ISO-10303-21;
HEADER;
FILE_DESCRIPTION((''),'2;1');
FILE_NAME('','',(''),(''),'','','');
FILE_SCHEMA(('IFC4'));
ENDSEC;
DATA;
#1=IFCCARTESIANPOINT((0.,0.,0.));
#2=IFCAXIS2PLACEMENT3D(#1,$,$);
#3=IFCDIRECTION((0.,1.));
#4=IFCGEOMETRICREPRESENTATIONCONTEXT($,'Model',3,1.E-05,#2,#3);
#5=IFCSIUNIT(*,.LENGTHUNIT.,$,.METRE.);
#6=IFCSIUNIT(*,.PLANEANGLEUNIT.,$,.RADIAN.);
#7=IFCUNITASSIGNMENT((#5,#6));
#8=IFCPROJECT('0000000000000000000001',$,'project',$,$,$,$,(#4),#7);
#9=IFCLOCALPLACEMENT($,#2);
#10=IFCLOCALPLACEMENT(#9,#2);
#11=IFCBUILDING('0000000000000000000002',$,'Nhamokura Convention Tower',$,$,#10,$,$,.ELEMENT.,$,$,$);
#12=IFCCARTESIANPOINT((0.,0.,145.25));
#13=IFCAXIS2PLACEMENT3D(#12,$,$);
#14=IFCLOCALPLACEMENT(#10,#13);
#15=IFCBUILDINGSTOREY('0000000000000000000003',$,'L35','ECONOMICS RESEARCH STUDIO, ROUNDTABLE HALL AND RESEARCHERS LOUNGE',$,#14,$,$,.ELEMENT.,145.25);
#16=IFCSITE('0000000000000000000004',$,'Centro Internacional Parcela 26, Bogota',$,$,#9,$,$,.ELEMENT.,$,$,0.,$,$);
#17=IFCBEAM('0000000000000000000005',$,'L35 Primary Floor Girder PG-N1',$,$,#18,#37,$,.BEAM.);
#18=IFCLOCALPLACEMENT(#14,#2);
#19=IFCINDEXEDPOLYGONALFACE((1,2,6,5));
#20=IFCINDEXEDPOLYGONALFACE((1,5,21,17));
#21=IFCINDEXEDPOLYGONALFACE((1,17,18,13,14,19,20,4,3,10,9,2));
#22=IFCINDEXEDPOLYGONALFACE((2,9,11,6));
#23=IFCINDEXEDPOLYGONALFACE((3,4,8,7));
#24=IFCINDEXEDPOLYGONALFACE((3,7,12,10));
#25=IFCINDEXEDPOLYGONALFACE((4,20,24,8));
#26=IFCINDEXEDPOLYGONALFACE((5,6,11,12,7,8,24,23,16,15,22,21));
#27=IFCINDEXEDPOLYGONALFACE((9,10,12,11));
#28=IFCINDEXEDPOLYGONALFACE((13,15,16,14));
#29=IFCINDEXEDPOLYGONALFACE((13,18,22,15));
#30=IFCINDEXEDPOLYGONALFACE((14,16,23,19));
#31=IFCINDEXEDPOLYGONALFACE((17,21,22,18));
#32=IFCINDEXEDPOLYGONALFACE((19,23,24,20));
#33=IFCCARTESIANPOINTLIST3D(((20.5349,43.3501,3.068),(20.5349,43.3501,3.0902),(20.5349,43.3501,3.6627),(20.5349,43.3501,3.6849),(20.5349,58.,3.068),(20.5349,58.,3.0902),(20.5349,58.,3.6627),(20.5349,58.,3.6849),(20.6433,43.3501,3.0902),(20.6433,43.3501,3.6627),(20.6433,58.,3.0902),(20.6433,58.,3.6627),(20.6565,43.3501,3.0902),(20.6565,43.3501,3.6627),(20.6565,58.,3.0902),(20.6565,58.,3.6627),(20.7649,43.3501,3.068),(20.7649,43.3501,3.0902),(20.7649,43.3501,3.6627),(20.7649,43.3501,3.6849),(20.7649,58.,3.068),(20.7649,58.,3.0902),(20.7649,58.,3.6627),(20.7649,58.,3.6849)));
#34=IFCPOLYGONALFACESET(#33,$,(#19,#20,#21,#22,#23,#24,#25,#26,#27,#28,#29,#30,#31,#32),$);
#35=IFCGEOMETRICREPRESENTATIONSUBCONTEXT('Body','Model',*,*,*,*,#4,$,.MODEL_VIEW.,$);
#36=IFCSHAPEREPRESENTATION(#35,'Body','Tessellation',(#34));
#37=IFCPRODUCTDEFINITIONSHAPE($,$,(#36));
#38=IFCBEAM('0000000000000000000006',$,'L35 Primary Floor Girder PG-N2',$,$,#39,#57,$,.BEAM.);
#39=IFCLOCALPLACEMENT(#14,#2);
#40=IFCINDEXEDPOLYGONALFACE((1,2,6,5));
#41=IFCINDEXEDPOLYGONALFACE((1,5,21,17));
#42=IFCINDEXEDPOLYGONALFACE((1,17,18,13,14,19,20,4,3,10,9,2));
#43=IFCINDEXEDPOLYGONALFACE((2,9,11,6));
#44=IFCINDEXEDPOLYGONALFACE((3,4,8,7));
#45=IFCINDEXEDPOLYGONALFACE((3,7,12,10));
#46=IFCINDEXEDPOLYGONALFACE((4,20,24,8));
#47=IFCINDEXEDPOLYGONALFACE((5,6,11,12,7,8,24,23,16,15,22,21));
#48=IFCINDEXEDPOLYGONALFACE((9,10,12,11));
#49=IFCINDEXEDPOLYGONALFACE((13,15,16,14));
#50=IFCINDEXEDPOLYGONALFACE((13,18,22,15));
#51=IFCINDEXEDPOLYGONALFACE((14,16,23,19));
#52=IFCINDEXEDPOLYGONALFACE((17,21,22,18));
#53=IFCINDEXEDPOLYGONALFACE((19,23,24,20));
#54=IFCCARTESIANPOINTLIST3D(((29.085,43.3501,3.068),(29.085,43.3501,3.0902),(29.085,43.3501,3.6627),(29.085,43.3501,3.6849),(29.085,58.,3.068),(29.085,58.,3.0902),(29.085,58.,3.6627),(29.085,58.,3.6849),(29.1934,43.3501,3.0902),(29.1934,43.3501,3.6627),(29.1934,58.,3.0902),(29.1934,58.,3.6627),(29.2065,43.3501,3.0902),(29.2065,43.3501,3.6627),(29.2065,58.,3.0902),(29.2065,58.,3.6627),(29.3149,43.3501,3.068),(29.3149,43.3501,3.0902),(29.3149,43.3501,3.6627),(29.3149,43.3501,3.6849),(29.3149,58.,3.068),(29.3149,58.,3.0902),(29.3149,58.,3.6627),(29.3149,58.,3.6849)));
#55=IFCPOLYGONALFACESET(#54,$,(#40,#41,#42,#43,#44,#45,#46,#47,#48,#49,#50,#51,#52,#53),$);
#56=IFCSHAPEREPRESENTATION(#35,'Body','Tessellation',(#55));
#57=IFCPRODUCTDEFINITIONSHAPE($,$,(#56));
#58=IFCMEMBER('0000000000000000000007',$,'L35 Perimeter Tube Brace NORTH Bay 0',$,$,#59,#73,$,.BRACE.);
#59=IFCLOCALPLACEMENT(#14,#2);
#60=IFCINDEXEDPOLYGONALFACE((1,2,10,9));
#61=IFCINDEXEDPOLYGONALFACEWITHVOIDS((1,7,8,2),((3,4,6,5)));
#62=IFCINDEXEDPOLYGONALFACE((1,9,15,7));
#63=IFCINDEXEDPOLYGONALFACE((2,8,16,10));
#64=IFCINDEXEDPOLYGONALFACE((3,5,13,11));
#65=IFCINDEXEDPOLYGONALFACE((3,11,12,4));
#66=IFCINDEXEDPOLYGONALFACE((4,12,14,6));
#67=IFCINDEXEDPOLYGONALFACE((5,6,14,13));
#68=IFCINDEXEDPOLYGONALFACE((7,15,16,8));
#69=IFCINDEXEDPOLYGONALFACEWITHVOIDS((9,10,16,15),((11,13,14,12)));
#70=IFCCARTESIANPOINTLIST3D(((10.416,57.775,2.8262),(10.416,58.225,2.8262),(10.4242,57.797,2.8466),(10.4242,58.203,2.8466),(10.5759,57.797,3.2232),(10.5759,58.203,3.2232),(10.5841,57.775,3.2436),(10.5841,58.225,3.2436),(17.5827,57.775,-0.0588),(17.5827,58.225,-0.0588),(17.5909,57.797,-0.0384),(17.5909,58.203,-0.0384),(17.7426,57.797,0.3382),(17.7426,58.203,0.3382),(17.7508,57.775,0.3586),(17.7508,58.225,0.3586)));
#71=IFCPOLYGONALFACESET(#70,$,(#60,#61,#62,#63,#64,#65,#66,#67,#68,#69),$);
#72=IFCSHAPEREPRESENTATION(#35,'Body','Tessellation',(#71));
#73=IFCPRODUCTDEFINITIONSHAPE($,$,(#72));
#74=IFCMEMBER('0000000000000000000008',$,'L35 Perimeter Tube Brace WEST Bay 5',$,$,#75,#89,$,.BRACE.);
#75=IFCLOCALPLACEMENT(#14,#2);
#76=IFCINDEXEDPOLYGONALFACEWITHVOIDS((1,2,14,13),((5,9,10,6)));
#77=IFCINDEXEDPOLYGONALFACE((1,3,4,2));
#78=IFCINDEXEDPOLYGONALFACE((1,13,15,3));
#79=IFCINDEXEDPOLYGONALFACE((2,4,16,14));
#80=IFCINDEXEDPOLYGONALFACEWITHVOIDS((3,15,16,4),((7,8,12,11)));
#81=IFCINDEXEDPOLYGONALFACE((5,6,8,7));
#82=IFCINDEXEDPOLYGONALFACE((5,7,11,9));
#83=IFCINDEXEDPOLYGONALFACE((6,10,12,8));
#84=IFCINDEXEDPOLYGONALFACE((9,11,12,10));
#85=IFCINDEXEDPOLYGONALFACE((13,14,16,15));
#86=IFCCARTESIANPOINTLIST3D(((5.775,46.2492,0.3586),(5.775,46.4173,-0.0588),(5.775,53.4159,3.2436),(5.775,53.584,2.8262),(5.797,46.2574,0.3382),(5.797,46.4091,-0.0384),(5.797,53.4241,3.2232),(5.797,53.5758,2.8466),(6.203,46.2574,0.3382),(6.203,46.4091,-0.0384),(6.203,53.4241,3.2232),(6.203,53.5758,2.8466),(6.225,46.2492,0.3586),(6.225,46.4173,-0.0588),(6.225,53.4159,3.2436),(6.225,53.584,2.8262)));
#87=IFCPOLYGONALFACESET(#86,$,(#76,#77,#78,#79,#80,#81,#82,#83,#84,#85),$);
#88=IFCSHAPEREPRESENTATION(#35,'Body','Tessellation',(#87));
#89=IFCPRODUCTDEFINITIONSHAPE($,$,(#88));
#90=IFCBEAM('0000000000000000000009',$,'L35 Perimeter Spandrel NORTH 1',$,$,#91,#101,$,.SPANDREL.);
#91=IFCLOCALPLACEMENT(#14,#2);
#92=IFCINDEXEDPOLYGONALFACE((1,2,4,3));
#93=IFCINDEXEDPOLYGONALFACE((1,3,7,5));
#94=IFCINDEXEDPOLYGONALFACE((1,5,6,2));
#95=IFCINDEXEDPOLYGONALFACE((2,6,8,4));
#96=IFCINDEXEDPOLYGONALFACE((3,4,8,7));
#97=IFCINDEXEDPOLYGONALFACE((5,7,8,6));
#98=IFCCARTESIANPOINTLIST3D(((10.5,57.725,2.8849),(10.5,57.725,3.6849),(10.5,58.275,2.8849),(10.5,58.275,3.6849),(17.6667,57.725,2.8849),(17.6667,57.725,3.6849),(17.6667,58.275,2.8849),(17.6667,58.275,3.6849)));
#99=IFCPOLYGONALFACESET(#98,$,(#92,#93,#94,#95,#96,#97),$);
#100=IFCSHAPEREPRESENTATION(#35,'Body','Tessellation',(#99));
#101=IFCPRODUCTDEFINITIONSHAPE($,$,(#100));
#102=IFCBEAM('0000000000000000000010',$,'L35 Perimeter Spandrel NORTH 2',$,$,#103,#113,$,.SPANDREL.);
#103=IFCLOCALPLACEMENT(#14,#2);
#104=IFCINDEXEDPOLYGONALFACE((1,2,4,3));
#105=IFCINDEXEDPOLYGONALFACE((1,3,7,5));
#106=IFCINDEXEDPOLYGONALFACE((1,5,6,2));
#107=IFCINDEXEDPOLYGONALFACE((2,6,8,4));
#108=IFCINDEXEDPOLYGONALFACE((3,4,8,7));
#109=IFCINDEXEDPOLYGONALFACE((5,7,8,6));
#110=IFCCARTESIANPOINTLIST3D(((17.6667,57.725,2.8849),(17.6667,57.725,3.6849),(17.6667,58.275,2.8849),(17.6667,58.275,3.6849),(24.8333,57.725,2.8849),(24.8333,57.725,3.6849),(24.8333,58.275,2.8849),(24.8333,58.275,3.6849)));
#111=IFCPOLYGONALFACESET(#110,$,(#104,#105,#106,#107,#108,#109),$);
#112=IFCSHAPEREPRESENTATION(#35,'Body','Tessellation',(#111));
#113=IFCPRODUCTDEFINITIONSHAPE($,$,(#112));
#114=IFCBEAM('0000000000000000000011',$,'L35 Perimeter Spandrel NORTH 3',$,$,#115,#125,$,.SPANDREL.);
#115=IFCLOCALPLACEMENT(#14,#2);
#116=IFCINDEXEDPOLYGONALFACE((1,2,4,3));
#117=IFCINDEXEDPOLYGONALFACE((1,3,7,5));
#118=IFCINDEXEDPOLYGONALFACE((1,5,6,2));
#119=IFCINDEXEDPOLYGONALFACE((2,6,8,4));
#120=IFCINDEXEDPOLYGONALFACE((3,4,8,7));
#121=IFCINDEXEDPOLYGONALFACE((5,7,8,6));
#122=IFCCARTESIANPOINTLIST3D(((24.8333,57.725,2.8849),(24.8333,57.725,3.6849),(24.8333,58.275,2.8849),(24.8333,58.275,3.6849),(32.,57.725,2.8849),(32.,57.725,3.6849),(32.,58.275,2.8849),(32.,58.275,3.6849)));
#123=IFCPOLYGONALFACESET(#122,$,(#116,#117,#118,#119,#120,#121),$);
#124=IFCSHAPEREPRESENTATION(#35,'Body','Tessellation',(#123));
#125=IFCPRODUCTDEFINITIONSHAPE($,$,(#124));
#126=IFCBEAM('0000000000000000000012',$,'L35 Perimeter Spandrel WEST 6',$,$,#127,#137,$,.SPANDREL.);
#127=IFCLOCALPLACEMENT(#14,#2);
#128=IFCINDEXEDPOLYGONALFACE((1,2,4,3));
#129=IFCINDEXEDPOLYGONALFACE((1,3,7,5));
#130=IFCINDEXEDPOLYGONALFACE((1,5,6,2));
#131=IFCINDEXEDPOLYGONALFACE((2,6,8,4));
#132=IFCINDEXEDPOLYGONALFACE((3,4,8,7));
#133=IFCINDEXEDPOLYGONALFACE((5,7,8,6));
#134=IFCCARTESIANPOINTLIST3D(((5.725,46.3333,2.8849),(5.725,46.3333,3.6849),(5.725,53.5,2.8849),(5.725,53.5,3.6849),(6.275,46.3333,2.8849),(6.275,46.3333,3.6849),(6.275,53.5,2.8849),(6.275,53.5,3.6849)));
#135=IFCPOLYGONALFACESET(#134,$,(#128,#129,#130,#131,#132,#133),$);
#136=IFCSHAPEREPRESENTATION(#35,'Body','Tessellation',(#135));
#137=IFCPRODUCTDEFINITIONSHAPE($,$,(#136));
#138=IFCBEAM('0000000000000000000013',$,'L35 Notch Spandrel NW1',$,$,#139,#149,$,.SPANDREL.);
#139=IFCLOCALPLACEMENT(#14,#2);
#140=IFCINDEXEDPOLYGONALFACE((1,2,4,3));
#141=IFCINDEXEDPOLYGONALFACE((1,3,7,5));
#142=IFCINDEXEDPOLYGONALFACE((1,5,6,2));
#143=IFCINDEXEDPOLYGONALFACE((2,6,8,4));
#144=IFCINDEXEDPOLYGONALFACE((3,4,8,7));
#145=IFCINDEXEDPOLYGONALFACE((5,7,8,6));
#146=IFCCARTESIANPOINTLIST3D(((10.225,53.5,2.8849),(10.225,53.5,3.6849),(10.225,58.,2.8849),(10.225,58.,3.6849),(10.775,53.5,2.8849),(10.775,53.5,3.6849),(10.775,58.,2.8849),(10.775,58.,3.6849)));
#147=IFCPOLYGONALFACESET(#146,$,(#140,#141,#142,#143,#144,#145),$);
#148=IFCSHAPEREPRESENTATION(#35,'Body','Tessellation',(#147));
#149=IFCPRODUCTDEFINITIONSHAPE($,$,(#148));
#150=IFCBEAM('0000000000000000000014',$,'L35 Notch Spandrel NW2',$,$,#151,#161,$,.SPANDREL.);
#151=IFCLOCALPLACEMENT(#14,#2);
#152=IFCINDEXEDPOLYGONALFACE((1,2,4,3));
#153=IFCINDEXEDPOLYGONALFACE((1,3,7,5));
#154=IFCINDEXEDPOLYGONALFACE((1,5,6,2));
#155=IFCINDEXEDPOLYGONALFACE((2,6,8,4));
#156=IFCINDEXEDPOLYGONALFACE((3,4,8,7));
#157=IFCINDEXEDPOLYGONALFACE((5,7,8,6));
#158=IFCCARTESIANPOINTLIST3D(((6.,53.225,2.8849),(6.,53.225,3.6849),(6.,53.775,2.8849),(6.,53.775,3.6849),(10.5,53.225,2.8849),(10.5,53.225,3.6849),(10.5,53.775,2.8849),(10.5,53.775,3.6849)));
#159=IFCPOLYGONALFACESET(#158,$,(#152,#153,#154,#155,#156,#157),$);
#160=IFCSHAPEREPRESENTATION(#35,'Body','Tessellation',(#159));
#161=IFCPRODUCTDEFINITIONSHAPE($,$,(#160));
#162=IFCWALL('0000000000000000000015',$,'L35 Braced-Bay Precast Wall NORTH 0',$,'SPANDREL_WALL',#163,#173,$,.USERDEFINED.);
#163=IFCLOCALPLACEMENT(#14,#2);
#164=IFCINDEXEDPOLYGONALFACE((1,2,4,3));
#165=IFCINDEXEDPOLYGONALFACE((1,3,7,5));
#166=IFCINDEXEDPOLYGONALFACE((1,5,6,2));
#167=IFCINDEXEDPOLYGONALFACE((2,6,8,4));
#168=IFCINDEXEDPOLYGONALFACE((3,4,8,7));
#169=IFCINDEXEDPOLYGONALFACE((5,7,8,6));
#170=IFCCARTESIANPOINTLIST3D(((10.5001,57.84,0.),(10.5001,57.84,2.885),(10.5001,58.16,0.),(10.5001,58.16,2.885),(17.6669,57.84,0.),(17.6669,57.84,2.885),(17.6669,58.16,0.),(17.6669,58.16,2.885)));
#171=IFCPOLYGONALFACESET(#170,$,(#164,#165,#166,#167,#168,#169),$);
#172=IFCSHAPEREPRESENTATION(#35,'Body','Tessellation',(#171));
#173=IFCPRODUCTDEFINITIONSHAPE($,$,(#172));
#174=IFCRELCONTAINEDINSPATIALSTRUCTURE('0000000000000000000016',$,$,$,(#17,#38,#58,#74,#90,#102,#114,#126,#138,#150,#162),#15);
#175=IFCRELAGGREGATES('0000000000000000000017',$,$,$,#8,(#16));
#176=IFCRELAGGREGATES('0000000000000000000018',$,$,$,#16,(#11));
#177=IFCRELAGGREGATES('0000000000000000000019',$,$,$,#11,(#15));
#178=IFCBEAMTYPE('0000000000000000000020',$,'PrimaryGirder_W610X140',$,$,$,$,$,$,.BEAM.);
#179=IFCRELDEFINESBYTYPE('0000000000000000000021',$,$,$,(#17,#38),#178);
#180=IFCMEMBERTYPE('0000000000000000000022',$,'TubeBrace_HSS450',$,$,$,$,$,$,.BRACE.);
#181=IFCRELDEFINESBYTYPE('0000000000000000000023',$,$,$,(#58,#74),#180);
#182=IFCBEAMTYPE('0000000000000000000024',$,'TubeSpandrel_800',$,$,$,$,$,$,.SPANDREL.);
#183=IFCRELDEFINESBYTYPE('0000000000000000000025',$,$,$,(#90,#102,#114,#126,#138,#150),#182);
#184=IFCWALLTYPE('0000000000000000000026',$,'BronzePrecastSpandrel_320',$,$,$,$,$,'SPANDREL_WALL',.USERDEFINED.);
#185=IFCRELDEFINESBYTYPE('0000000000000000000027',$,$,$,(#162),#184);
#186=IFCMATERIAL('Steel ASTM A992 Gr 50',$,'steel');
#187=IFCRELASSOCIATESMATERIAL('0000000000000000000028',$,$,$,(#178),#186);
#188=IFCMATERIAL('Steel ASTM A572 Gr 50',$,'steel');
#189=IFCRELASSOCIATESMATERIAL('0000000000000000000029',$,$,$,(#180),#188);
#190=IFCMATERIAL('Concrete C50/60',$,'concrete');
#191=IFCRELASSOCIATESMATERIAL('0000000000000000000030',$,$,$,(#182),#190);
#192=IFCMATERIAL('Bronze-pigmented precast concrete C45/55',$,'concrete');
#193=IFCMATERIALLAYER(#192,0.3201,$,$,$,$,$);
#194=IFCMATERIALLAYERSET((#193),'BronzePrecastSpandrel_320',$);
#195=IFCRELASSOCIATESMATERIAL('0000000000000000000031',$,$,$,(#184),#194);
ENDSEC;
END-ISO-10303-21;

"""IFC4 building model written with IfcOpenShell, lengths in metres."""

from ifc_helpers import new_model, si_unit, direction, frame, frame_2d, origin, origin_2d, place, context, subcontext, project, spatial, rectangle, hollow_rectangle, i_section, extrude, material, layer, layer_set, material_profile, profile_set, type_object, element, save


model = new_model("IFC4")

# Units and contexts
model_context = context("Model", 3, precision=1e-05, world=origin(), true_north=direction((0.0, 1.0)))
body_context = subcontext(model_context, "Body", "Model", "MODEL_VIEW")
ifc_project = project(units=[si_unit("LENGTHUNIT", "METRE"), si_unit("PLANEANGLEUNIT", "RADIAN")], contexts=[model_context])

# Site, building, storey
site_placement = place(None, origin())
site = spatial("IfcSite", under=ifc_project, at=site_placement, Name="Centro Internacional Parcela 26, Bogota", CompositionType="ELEMENT", RefElevation=0.0)
building_placement = place(site_placement, origin())
building = spatial("IfcBuilding", under=site, at=building_placement, Name="Nhamokura Convention Tower", CompositionType="ELEMENT")
storey_placement = place(building_placement, frame((0.0, 0.0, 145.25)))
storey = spatial("IfcBuildingStorey", under=building, at=storey_placement, Name="L35", Description="ECONOMICS RESEARCH STUDIO, ROUNDTABLE HALL AND RESEARCHERS LOUNGE", CompositionType="ELEMENT", Elevation=145.25)

# Beams
ifc_material_1 = material(Name="Steel ASTM A992 Gr 50", Category="steel")
ifc_material_profile_1 = material_profile(ifc_material_1, i_section(OverallWidth=0.23, OverallDepth=0.6169, WebThickness=0.0132, FlangeThickness=0.0222, at=origin_2d()))
ifc_profile_set_1 = profile_set([ifc_material_profile_1], Name="Steel ASTM A992 Gr 50")
beam_type_1 = type_object("IfcBeamType", Name="PrimaryGirder_W610X140", PredefinedType="BEAM", material=ifc_profile_set_1)
for number, where, z_axis, x_axis, name in (
    (1, (20.6499, 43.3501, 3.3765), (0.0, 1.0, 0.0), (-1.0, 0.0, 0.0), "L35 Primary Floor Girder PG-N1"),
    (2, (29.2, 43.3501, 3.3765), (0.0, 1.0, 0.0), (-1.0, 0.0, 0.0), "L35 Primary Floor Girder PG-N2"),
):
    element("IfcBeam", number, at=place(storey_placement, frame(where, z_axis=z_axis, x_axis=x_axis)), inside=storey, type_object=beam_type_1, Name=name, PredefinedType="BEAM", context=body_context, shape_type="SweptSolid", body=[
        extrude(i_section(OverallWidth=0.23, OverallDepth=0.6169, WebThickness=0.0132, FlangeThickness=0.0222, at=origin_2d()), origin(), (0.0, 0.0, 1.0), 14.6499),
    ])

# Members
ifc_material_2 = material(Name="Steel ASTM A572 Gr 50", Category="steel")
ifc_material_profile_2 = material_profile(ifc_material_2, hollow_rectangle(XDim=0.45, YDim=0.45, WallThickness=0.022, at=origin_2d()))
ifc_profile_set_2 = profile_set([ifc_material_profile_2], Name="Steel ASTM A572 Gr 50")
member_type_1 = type_object("IfcMemberType", Name="TubeBrace_HSS450", PredefinedType="BRACE", material=ifc_profile_set_2)
for number, where, z_axis, x_axis, name in (
    (3, (17.6667, 58.0, 0.1499), (-0.927657, 0.0, 0.373433), (0.0, -1.0, 0.0), "L35 Perimeter Tube Brace NORTH Bay 0"),
    (4, (6.0, 46.3333, 0.1499), (0.0, 0.927657, 0.373433), (-1.0, 0.0, 0.0), "L35 Perimeter Tube Brace WEST Bay 5"),
):
    element("IfcMember", number, at=place(storey_placement, frame(where, z_axis=z_axis, x_axis=x_axis)), inside=storey, type_object=member_type_1, Name=name, PredefinedType="BRACE", context=body_context, shape_type="SweptSolid", body=[
        extrude(hollow_rectangle(XDim=0.45, YDim=0.45, WallThickness=0.022, at=origin_2d()), origin(), (0.0, 0.0, 1.0), 7.7256),
    ])

# Beams
ifc_material_3 = material(Name="Concrete C50/60", Category="concrete")
ifc_material_profile_3 = material_profile(ifc_material_3, rectangle(XDim=0.55, YDim=0.8, at=origin_2d()))
ifc_profile_set_3 = profile_set([ifc_material_profile_3], Name="Concrete C50/60")
beam_type_2 = type_object("IfcBeamType", Name="TubeSpandrel_800", PredefinedType="SPANDREL", material=ifc_profile_set_3)
beam_1_placement = place(storey_placement, frame((10.5, 58.0, 3.2849), z_axis=(1.0, 0.0, 0.0), x_axis=(0.0, 1.0, 0.0)))
element("IfcBeam", 5, at=beam_1_placement, inside=storey, type_object=beam_type_2, Name="L35 Perimeter Spandrel NORTH 1", PredefinedType="SPANDREL", context=body_context, shape_type="SweptSolid", body=[
    extrude(rectangle(XDim=0.55, YDim=0.8, at=origin_2d()), origin(), (0.0, 0.0, 1.0), 7.1667),
])
beam_2_placement = place(storey_placement, frame((17.6667, 58.0, 3.2849), z_axis=(1.0, 0.0, 0.0), x_axis=(0.0, 1.0, 0.0)))
element("IfcBeam", 6, at=beam_2_placement, inside=storey, type_object=beam_type_2, Name="L35 Perimeter Spandrel NORTH 2", PredefinedType="SPANDREL", context=body_context, shape_type="SweptSolid", body=[
    extrude(rectangle(XDim=0.55, YDim=0.8, at=origin_2d()), origin(), (0.0, 0.0, 1.0), 7.1665),
])
for number, where, z_axis, x_axis, name in (
    (7, (24.8333, 58.0, 3.2849), (1.0, 0.0, 0.0), (0.0, 1.0, 0.0), "L35 Perimeter Spandrel NORTH 3"),
    (8, (6.0, 46.3333, 3.2849), (0.0, 1.0, 0.0), (-1.0, 0.0, 0.0), "L35 Perimeter Spandrel WEST 6"),
):
    element("IfcBeam", number, at=place(storey_placement, frame(where, z_axis=z_axis, x_axis=x_axis)), inside=storey, type_object=beam_type_2, Name=name, PredefinedType="SPANDREL", context=body_context, shape_type="SweptSolid", body=[
        extrude(rectangle(XDim=0.55, YDim=0.8, at=origin_2d()), origin(), (0.0, 0.0, 1.0), 7.1667),
    ])
for number, where, z_axis, x_axis, name in (
    (9, (10.5, 58.0, 3.2849), (0.0, -1.0, 0.0), (1.0, 0.0, 0.0), "L35 Notch Spandrel NW1"),
    (10, (10.5, 53.5, 3.2849), (-1.0, 0.0, 0.0), (0.0, -1.0, 0.0), "L35 Notch Spandrel NW2"),
):
    element("IfcBeam", number, at=place(storey_placement, frame(where, z_axis=z_axis, x_axis=x_axis)), inside=storey, type_object=beam_type_2, Name=name, PredefinedType="SPANDREL", context=body_context, shape_type="SweptSolid", body=[
        extrude(rectangle(XDim=0.55, YDim=0.8, at=origin_2d()), origin(), (0.0, 0.0, 1.0), 4.5),
    ])

# Wall
ifc_material_4 = material(Name="Bronze-pigmented precast concrete C45/55", Category="concrete")
ifc_layer_1 = layer(ifc_material_4, 0.3201)
ifc_layer_set_1 = layer_set([ifc_layer_1], Name="BronzePrecastSpandrel_320")
wall_type_1 = type_object("IfcWallType", Name="BronzePrecastSpandrel_320", ElementType="SPANDREL_WALL", PredefinedType="USERDEFINED", material=ifc_layer_set_1)
wall_1_placement = place(storey_placement, frame((10.5, 58.0, 0.0), z_axis=(0.0, 0.0, 1.0), x_axis=(1.0, 0.0, 0.0)))
element("IfcWall", 11, at=wall_1_placement, inside=storey, type_object=wall_type_1, Name="L35 Braced-Bay Precast Wall NORTH 0", ObjectType="SPANDREL_WALL", PredefinedType="USERDEFINED", context=body_context, shape_type="SweptSolid", body=[
    extrude(rectangle(XDim=7.1667, YDim=0.3201, at=frame_2d((3.5835, 0.0))), origin(), (0.0, 0.0, 1.0), 2.885),
])

save(model, "model.ifc")
